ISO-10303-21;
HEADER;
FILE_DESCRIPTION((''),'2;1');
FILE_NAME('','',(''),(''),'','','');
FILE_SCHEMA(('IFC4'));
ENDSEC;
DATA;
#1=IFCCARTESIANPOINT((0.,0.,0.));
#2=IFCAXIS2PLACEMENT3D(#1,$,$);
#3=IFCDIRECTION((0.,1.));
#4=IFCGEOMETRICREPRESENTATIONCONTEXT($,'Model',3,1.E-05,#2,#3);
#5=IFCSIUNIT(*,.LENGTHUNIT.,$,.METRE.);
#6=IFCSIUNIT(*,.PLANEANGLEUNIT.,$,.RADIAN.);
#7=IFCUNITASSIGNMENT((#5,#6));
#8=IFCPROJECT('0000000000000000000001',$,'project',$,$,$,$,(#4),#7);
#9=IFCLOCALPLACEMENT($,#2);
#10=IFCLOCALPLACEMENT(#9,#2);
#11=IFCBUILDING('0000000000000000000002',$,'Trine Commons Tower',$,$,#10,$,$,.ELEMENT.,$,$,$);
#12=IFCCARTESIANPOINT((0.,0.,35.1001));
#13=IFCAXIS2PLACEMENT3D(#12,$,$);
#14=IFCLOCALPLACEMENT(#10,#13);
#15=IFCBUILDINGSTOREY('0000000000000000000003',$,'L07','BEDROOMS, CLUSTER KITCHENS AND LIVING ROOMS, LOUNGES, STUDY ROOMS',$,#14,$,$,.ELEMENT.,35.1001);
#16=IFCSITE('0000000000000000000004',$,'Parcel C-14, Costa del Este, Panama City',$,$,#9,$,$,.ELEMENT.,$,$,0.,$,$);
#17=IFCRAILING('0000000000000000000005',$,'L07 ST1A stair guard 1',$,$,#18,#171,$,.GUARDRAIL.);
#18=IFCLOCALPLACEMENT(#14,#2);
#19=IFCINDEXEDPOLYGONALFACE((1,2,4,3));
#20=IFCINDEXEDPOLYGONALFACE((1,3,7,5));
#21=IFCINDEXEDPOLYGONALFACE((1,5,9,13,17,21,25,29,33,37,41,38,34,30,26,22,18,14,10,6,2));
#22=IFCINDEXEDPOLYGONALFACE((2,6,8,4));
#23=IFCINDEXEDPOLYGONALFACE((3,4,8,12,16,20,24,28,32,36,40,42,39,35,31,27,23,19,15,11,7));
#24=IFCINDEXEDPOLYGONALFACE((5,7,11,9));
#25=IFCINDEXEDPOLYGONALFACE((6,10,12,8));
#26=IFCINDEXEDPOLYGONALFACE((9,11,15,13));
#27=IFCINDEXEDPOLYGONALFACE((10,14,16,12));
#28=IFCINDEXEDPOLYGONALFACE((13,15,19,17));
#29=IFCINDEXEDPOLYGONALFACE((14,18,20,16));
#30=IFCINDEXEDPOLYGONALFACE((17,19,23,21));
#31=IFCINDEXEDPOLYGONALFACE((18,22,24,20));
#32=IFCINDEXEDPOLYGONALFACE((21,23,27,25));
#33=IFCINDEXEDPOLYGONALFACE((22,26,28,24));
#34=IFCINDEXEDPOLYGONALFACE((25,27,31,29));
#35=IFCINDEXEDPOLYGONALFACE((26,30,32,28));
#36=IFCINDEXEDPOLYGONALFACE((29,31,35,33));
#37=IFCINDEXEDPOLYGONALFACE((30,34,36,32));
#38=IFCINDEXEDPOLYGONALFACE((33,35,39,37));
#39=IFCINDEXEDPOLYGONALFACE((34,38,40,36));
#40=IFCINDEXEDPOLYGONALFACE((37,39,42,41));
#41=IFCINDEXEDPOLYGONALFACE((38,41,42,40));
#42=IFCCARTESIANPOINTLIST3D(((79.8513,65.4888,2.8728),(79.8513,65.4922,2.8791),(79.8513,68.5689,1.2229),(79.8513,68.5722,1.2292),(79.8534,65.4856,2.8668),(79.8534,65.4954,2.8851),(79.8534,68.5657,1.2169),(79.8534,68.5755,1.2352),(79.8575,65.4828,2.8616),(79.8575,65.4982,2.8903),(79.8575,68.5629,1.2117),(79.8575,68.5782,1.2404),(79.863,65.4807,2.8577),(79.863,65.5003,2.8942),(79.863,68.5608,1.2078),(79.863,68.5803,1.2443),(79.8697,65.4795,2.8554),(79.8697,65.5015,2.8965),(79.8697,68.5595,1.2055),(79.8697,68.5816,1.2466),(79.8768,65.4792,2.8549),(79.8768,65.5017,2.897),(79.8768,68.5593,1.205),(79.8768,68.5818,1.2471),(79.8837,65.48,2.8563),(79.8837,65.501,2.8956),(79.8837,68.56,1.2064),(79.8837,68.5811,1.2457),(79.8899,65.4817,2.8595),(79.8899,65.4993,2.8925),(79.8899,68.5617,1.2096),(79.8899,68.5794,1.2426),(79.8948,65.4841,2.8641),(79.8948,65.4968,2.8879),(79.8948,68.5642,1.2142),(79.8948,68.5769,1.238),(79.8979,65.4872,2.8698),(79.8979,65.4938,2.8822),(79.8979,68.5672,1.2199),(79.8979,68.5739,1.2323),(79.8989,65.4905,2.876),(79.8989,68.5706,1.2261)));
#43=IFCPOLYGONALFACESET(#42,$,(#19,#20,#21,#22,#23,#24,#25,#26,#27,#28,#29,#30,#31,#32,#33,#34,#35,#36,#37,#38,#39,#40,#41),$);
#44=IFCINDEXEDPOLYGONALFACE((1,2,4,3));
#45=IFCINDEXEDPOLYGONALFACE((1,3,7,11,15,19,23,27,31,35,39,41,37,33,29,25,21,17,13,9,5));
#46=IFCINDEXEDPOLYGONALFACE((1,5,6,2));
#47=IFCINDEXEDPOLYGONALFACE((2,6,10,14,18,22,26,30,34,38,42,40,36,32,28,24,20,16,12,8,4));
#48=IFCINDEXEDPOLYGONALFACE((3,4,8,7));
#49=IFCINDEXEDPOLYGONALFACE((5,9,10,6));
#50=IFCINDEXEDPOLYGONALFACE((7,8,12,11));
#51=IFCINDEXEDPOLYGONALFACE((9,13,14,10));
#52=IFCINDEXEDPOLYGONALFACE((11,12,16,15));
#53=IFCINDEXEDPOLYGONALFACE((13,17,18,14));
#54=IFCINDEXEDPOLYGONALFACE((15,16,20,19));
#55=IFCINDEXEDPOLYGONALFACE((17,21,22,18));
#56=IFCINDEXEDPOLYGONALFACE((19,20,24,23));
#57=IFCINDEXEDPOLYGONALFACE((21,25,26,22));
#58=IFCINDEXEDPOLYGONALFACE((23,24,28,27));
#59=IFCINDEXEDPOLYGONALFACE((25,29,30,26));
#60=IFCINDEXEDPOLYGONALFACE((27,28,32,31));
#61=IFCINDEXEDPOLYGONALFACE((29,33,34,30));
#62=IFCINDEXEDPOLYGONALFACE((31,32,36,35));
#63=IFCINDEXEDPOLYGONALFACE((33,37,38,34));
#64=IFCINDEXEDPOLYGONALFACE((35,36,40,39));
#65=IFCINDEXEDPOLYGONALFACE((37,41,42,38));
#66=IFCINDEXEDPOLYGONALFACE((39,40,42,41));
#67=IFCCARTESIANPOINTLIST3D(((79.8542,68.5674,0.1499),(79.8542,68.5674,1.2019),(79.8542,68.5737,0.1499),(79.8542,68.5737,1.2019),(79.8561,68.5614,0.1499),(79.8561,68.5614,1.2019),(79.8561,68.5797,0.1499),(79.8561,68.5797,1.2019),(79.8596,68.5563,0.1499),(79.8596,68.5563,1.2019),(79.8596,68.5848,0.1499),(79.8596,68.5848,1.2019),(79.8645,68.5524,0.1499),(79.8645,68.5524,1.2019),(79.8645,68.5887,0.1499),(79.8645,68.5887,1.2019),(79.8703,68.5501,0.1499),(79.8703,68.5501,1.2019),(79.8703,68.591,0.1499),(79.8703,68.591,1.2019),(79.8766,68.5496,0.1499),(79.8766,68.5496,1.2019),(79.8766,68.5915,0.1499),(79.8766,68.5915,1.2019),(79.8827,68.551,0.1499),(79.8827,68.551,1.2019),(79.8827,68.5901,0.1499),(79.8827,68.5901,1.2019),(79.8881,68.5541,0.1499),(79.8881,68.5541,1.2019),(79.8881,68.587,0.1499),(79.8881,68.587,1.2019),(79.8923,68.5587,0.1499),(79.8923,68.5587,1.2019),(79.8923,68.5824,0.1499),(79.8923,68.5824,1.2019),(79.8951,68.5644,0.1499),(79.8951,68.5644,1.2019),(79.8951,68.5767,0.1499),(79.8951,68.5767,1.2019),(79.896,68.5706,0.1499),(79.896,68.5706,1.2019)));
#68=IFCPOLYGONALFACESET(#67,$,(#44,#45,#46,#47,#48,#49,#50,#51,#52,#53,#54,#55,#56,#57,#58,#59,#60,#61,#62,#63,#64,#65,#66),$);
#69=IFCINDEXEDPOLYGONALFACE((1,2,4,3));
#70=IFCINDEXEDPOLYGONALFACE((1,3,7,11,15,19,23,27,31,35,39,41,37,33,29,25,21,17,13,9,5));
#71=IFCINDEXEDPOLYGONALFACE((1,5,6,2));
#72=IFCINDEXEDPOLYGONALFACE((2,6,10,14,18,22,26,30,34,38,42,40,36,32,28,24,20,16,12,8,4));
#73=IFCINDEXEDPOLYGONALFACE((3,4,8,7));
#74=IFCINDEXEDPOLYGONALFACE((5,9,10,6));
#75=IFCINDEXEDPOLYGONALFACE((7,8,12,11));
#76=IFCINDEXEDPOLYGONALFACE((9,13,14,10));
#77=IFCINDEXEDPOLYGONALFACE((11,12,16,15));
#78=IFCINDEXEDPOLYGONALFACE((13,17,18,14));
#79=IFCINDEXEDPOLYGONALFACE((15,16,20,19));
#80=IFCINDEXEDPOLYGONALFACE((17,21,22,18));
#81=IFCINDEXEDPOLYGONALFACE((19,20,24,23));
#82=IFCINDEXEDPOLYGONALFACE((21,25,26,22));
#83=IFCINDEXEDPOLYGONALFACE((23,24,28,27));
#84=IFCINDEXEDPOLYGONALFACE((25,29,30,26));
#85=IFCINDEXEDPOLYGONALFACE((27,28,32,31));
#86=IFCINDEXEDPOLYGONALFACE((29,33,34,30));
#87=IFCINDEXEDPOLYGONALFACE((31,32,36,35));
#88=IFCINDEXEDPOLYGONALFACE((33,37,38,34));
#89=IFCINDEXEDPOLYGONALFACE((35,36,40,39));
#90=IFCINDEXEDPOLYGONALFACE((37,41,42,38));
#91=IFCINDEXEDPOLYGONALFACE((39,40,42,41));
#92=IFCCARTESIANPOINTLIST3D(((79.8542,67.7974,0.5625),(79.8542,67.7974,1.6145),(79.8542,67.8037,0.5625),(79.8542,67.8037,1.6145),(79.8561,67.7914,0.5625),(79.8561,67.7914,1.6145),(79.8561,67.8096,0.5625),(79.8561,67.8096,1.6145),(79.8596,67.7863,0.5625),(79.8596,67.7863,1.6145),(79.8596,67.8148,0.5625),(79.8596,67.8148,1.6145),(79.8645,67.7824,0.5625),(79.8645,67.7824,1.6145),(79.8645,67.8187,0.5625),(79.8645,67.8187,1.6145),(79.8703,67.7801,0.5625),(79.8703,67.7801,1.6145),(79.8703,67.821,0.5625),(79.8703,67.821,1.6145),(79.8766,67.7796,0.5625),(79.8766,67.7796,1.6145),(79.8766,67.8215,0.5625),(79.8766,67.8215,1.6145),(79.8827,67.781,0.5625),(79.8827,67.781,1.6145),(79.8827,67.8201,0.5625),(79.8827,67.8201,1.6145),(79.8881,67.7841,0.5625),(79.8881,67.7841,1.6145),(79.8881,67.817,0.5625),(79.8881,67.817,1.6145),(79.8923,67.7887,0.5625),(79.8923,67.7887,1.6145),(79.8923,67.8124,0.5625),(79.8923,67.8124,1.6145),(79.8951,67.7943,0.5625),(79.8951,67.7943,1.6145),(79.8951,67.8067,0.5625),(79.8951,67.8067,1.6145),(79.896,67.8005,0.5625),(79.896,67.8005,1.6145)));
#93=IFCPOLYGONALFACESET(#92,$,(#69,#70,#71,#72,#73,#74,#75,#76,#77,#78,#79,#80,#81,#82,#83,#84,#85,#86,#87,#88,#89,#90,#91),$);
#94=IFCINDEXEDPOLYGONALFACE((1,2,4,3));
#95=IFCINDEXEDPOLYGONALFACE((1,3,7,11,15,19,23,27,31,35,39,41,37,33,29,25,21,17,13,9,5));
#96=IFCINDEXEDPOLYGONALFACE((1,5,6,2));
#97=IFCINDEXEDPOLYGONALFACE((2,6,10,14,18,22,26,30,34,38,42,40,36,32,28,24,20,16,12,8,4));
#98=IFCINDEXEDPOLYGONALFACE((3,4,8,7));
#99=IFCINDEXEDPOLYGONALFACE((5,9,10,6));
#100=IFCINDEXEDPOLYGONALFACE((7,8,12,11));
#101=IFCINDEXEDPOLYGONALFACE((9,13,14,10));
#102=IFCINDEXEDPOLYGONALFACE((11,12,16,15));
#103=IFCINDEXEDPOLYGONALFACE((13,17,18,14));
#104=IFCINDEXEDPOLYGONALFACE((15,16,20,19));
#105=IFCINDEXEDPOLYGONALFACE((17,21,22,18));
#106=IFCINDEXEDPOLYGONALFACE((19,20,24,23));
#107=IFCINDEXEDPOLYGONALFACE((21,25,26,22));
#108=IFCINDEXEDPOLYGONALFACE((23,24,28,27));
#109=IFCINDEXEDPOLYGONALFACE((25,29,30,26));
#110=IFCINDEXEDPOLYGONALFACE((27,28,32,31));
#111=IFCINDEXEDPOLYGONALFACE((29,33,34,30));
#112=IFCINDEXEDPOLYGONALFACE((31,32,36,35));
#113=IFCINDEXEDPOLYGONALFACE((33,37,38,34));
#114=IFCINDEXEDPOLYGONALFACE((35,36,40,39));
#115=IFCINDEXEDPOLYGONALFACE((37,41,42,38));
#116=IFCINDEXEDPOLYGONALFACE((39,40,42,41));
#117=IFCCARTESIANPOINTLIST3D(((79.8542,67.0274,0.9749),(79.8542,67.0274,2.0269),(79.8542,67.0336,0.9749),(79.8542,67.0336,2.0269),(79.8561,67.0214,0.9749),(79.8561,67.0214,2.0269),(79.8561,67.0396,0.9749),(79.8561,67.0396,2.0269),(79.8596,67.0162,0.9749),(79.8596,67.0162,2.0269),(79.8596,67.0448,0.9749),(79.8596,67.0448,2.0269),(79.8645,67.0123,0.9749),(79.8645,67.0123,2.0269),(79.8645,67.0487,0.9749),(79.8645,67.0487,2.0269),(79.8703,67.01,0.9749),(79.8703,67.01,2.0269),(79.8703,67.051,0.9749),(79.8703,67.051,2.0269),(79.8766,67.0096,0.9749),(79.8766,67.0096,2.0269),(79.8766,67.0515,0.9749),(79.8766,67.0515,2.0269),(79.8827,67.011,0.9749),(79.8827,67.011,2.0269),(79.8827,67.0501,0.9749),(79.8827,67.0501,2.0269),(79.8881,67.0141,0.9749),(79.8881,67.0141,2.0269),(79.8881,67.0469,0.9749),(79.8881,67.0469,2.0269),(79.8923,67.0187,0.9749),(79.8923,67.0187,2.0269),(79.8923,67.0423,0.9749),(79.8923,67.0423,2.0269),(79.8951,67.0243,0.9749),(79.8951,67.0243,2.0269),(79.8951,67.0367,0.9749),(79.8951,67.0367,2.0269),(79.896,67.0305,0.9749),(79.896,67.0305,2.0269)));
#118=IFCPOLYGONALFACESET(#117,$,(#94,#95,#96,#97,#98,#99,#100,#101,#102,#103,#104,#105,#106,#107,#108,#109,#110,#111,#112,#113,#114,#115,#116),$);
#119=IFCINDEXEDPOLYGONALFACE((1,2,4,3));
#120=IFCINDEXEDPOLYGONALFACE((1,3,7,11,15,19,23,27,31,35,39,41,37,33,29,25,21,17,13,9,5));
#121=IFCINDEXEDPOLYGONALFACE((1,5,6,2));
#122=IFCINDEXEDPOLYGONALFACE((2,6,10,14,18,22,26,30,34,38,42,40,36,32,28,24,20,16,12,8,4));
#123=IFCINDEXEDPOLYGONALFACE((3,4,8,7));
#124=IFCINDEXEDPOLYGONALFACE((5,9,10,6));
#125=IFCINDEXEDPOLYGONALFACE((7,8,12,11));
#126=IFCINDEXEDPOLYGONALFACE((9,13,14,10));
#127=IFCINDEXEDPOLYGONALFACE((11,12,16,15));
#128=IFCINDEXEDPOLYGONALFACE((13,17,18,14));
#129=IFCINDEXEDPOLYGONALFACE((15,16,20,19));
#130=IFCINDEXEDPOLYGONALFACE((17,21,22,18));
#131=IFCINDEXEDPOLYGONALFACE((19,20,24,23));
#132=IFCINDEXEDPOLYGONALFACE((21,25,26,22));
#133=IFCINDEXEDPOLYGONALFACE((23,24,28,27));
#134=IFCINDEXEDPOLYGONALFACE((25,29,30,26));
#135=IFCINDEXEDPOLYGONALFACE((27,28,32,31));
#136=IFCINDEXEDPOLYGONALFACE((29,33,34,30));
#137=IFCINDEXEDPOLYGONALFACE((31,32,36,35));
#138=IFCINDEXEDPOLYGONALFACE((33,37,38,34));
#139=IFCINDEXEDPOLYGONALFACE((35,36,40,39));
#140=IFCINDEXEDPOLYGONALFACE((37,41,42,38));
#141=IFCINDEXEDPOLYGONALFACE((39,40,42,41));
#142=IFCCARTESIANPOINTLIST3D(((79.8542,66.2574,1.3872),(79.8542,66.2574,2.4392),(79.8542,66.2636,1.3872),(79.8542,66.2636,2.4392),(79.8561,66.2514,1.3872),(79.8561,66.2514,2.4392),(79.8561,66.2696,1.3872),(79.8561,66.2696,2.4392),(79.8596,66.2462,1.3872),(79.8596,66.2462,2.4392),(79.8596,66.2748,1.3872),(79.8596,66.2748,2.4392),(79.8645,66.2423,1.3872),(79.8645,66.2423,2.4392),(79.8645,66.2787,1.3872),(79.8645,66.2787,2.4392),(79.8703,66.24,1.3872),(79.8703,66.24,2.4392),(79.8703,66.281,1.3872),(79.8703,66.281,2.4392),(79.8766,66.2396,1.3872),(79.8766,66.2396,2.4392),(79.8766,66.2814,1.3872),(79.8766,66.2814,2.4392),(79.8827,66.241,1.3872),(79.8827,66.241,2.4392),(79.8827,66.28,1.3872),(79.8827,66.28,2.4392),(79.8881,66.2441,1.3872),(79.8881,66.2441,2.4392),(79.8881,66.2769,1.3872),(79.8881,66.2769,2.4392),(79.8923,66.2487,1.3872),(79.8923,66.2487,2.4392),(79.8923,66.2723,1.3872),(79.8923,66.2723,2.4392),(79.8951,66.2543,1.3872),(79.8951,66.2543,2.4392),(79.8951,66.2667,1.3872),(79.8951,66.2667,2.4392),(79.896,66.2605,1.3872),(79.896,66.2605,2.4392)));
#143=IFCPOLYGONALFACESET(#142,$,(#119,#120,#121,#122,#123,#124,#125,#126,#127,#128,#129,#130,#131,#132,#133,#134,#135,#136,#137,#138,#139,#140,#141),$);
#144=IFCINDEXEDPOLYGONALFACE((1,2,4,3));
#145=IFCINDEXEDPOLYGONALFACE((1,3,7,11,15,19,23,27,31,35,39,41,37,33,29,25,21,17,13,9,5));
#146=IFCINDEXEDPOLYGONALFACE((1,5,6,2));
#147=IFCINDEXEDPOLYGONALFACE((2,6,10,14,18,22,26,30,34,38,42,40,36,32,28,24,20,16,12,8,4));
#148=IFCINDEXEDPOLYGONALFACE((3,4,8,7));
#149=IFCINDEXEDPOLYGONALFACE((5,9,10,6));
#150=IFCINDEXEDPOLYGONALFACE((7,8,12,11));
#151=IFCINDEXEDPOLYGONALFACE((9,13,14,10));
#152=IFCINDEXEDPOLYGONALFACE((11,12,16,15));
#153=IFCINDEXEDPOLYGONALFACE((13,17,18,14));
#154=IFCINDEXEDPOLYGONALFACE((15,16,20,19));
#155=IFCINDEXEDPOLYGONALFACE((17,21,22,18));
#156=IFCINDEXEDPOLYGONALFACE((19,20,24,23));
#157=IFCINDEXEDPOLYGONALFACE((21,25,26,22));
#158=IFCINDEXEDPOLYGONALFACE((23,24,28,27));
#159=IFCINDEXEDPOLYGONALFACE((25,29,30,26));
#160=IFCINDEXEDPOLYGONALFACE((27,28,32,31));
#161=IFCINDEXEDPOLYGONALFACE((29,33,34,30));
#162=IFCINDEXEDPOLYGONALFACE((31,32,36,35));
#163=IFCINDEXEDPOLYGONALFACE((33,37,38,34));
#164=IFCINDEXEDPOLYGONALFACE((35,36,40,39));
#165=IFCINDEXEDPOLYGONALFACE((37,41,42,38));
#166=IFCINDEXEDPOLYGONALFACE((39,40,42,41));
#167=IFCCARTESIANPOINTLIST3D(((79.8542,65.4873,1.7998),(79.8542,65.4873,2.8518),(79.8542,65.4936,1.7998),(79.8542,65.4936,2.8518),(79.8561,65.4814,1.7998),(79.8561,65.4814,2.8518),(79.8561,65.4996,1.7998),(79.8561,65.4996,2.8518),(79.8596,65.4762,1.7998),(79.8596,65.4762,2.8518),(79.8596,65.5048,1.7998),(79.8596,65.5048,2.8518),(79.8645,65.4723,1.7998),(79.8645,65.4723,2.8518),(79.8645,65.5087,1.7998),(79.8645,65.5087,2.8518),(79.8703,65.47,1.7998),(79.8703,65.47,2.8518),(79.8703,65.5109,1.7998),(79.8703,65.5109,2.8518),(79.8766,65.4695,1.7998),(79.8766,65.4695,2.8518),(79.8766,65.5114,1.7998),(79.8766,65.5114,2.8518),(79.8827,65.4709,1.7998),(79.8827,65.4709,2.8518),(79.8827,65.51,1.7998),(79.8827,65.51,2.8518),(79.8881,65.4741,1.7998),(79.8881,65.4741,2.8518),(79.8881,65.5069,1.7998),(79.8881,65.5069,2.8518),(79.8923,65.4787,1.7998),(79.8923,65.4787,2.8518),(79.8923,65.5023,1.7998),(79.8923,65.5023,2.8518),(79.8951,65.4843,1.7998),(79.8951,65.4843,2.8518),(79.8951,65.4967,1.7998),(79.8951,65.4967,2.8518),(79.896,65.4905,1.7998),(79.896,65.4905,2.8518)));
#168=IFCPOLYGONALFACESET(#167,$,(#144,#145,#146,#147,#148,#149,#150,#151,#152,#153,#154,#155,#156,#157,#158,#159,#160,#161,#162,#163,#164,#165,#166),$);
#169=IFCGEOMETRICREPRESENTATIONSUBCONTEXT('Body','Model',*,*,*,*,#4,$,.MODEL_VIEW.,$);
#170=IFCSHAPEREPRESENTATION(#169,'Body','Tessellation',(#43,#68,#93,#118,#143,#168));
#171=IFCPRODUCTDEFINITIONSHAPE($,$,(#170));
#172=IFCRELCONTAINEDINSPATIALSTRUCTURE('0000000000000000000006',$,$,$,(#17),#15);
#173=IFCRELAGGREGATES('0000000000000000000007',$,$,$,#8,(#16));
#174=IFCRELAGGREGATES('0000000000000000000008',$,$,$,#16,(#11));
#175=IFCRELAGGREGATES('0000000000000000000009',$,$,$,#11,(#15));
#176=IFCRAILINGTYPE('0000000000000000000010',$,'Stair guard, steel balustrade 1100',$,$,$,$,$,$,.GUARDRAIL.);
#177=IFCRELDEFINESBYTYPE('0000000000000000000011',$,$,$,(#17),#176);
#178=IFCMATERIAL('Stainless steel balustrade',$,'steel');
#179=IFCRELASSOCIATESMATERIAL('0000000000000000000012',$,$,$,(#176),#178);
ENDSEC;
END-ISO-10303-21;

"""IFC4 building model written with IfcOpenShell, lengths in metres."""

from ifc_helpers import new_model, si_unit, direction, frame, origin, origin_2d, place, context, subcontext, project, spatial, circle, extrude, material, type_object, element, save


model = new_model("IFC4")

# Units and contexts
model_context = context("Model", 3, precision=1e-05, world=origin(), true_north=direction((0.0, 1.0)))
body_context = subcontext(model_context, "Body", "Model", "MODEL_VIEW")
ifc_project = project(units=[si_unit("LENGTHUNIT", "METRE"), si_unit("PLANEANGLEUNIT", "RADIAN")], contexts=[model_context])

# Site, building, storey
site_placement = place(None, origin())
site = spatial("IfcSite", under=ifc_project, at=site_placement, Name="Parcel C-14, Costa del Este, Panama City", CompositionType="ELEMENT", RefElevation=0.0)
building_placement = place(site_placement, origin())
building = spatial("IfcBuilding", under=site, at=building_placement, Name="Trine Commons Tower", CompositionType="ELEMENT")
storey_placement = place(building_placement, frame((0.0, 0.0, 35.1001)))
storey = spatial("IfcBuildingStorey", under=building, at=storey_placement, Name="L07", Description="BEDROOMS, CLUSTER KITCHENS AND LIVING ROOMS, LOUNGES, STUDY ROOMS", CompositionType="ELEMENT", Elevation=35.1001)

# Railing
ifc_material_1 = material(Name="Stainless steel balustrade", Category="steel")
railing_type = type_object("IfcRailingType", Name="Stair guard, steel balustrade 1100", PredefinedType="GUARDRAIL", material=ifc_material_1)
railing_1_placement = place(storey_placement, frame((79.875, 68.5706, 0.1499)))
element("IfcRailing", 1, at=railing_1_placement, inside=storey, type_object=railing_type, Name="L07 ST1A stair guard 1", PredefinedType="GUARDRAIL", context=body_context, shape_type="SweptSolid", body=[
    extrude(circle(Radius=0.0239, at=origin_2d()), frame((0.0, 0.0, 1.0762), z_axis=(0.0, -0.881497, 0.47219), x_axis=(1.0, 0.0, 0.0)), (0.0, 0.0, 1.0), 3.4941),
    extrude(circle(Radius=0.021, at=origin_2d()), origin(), (0.0, 0.0, 1.0), 1.052),
    extrude(circle(Radius=0.021, at=origin_2d()), frame((0.0, -0.77, 0.4126)), (0.0, 0.0, 1.0), 1.052),
    extrude(circle(Radius=0.021, at=origin_2d()), frame((0.0, -1.54, 0.825)), (0.0, 0.0, 1.0), 1.052),
    extrude(circle(Radius=0.021, at=origin_2d()), frame((0.0, -2.3101, 1.2373)), (0.0, 0.0, 1.0), 1.052),
    extrude(circle(Radius=0.021, at=origin_2d()), frame((0.0, -3.0801, 1.6499)), (0.0, 0.0, 1.0), 1.052),
])

save(model, "model.ifc")
